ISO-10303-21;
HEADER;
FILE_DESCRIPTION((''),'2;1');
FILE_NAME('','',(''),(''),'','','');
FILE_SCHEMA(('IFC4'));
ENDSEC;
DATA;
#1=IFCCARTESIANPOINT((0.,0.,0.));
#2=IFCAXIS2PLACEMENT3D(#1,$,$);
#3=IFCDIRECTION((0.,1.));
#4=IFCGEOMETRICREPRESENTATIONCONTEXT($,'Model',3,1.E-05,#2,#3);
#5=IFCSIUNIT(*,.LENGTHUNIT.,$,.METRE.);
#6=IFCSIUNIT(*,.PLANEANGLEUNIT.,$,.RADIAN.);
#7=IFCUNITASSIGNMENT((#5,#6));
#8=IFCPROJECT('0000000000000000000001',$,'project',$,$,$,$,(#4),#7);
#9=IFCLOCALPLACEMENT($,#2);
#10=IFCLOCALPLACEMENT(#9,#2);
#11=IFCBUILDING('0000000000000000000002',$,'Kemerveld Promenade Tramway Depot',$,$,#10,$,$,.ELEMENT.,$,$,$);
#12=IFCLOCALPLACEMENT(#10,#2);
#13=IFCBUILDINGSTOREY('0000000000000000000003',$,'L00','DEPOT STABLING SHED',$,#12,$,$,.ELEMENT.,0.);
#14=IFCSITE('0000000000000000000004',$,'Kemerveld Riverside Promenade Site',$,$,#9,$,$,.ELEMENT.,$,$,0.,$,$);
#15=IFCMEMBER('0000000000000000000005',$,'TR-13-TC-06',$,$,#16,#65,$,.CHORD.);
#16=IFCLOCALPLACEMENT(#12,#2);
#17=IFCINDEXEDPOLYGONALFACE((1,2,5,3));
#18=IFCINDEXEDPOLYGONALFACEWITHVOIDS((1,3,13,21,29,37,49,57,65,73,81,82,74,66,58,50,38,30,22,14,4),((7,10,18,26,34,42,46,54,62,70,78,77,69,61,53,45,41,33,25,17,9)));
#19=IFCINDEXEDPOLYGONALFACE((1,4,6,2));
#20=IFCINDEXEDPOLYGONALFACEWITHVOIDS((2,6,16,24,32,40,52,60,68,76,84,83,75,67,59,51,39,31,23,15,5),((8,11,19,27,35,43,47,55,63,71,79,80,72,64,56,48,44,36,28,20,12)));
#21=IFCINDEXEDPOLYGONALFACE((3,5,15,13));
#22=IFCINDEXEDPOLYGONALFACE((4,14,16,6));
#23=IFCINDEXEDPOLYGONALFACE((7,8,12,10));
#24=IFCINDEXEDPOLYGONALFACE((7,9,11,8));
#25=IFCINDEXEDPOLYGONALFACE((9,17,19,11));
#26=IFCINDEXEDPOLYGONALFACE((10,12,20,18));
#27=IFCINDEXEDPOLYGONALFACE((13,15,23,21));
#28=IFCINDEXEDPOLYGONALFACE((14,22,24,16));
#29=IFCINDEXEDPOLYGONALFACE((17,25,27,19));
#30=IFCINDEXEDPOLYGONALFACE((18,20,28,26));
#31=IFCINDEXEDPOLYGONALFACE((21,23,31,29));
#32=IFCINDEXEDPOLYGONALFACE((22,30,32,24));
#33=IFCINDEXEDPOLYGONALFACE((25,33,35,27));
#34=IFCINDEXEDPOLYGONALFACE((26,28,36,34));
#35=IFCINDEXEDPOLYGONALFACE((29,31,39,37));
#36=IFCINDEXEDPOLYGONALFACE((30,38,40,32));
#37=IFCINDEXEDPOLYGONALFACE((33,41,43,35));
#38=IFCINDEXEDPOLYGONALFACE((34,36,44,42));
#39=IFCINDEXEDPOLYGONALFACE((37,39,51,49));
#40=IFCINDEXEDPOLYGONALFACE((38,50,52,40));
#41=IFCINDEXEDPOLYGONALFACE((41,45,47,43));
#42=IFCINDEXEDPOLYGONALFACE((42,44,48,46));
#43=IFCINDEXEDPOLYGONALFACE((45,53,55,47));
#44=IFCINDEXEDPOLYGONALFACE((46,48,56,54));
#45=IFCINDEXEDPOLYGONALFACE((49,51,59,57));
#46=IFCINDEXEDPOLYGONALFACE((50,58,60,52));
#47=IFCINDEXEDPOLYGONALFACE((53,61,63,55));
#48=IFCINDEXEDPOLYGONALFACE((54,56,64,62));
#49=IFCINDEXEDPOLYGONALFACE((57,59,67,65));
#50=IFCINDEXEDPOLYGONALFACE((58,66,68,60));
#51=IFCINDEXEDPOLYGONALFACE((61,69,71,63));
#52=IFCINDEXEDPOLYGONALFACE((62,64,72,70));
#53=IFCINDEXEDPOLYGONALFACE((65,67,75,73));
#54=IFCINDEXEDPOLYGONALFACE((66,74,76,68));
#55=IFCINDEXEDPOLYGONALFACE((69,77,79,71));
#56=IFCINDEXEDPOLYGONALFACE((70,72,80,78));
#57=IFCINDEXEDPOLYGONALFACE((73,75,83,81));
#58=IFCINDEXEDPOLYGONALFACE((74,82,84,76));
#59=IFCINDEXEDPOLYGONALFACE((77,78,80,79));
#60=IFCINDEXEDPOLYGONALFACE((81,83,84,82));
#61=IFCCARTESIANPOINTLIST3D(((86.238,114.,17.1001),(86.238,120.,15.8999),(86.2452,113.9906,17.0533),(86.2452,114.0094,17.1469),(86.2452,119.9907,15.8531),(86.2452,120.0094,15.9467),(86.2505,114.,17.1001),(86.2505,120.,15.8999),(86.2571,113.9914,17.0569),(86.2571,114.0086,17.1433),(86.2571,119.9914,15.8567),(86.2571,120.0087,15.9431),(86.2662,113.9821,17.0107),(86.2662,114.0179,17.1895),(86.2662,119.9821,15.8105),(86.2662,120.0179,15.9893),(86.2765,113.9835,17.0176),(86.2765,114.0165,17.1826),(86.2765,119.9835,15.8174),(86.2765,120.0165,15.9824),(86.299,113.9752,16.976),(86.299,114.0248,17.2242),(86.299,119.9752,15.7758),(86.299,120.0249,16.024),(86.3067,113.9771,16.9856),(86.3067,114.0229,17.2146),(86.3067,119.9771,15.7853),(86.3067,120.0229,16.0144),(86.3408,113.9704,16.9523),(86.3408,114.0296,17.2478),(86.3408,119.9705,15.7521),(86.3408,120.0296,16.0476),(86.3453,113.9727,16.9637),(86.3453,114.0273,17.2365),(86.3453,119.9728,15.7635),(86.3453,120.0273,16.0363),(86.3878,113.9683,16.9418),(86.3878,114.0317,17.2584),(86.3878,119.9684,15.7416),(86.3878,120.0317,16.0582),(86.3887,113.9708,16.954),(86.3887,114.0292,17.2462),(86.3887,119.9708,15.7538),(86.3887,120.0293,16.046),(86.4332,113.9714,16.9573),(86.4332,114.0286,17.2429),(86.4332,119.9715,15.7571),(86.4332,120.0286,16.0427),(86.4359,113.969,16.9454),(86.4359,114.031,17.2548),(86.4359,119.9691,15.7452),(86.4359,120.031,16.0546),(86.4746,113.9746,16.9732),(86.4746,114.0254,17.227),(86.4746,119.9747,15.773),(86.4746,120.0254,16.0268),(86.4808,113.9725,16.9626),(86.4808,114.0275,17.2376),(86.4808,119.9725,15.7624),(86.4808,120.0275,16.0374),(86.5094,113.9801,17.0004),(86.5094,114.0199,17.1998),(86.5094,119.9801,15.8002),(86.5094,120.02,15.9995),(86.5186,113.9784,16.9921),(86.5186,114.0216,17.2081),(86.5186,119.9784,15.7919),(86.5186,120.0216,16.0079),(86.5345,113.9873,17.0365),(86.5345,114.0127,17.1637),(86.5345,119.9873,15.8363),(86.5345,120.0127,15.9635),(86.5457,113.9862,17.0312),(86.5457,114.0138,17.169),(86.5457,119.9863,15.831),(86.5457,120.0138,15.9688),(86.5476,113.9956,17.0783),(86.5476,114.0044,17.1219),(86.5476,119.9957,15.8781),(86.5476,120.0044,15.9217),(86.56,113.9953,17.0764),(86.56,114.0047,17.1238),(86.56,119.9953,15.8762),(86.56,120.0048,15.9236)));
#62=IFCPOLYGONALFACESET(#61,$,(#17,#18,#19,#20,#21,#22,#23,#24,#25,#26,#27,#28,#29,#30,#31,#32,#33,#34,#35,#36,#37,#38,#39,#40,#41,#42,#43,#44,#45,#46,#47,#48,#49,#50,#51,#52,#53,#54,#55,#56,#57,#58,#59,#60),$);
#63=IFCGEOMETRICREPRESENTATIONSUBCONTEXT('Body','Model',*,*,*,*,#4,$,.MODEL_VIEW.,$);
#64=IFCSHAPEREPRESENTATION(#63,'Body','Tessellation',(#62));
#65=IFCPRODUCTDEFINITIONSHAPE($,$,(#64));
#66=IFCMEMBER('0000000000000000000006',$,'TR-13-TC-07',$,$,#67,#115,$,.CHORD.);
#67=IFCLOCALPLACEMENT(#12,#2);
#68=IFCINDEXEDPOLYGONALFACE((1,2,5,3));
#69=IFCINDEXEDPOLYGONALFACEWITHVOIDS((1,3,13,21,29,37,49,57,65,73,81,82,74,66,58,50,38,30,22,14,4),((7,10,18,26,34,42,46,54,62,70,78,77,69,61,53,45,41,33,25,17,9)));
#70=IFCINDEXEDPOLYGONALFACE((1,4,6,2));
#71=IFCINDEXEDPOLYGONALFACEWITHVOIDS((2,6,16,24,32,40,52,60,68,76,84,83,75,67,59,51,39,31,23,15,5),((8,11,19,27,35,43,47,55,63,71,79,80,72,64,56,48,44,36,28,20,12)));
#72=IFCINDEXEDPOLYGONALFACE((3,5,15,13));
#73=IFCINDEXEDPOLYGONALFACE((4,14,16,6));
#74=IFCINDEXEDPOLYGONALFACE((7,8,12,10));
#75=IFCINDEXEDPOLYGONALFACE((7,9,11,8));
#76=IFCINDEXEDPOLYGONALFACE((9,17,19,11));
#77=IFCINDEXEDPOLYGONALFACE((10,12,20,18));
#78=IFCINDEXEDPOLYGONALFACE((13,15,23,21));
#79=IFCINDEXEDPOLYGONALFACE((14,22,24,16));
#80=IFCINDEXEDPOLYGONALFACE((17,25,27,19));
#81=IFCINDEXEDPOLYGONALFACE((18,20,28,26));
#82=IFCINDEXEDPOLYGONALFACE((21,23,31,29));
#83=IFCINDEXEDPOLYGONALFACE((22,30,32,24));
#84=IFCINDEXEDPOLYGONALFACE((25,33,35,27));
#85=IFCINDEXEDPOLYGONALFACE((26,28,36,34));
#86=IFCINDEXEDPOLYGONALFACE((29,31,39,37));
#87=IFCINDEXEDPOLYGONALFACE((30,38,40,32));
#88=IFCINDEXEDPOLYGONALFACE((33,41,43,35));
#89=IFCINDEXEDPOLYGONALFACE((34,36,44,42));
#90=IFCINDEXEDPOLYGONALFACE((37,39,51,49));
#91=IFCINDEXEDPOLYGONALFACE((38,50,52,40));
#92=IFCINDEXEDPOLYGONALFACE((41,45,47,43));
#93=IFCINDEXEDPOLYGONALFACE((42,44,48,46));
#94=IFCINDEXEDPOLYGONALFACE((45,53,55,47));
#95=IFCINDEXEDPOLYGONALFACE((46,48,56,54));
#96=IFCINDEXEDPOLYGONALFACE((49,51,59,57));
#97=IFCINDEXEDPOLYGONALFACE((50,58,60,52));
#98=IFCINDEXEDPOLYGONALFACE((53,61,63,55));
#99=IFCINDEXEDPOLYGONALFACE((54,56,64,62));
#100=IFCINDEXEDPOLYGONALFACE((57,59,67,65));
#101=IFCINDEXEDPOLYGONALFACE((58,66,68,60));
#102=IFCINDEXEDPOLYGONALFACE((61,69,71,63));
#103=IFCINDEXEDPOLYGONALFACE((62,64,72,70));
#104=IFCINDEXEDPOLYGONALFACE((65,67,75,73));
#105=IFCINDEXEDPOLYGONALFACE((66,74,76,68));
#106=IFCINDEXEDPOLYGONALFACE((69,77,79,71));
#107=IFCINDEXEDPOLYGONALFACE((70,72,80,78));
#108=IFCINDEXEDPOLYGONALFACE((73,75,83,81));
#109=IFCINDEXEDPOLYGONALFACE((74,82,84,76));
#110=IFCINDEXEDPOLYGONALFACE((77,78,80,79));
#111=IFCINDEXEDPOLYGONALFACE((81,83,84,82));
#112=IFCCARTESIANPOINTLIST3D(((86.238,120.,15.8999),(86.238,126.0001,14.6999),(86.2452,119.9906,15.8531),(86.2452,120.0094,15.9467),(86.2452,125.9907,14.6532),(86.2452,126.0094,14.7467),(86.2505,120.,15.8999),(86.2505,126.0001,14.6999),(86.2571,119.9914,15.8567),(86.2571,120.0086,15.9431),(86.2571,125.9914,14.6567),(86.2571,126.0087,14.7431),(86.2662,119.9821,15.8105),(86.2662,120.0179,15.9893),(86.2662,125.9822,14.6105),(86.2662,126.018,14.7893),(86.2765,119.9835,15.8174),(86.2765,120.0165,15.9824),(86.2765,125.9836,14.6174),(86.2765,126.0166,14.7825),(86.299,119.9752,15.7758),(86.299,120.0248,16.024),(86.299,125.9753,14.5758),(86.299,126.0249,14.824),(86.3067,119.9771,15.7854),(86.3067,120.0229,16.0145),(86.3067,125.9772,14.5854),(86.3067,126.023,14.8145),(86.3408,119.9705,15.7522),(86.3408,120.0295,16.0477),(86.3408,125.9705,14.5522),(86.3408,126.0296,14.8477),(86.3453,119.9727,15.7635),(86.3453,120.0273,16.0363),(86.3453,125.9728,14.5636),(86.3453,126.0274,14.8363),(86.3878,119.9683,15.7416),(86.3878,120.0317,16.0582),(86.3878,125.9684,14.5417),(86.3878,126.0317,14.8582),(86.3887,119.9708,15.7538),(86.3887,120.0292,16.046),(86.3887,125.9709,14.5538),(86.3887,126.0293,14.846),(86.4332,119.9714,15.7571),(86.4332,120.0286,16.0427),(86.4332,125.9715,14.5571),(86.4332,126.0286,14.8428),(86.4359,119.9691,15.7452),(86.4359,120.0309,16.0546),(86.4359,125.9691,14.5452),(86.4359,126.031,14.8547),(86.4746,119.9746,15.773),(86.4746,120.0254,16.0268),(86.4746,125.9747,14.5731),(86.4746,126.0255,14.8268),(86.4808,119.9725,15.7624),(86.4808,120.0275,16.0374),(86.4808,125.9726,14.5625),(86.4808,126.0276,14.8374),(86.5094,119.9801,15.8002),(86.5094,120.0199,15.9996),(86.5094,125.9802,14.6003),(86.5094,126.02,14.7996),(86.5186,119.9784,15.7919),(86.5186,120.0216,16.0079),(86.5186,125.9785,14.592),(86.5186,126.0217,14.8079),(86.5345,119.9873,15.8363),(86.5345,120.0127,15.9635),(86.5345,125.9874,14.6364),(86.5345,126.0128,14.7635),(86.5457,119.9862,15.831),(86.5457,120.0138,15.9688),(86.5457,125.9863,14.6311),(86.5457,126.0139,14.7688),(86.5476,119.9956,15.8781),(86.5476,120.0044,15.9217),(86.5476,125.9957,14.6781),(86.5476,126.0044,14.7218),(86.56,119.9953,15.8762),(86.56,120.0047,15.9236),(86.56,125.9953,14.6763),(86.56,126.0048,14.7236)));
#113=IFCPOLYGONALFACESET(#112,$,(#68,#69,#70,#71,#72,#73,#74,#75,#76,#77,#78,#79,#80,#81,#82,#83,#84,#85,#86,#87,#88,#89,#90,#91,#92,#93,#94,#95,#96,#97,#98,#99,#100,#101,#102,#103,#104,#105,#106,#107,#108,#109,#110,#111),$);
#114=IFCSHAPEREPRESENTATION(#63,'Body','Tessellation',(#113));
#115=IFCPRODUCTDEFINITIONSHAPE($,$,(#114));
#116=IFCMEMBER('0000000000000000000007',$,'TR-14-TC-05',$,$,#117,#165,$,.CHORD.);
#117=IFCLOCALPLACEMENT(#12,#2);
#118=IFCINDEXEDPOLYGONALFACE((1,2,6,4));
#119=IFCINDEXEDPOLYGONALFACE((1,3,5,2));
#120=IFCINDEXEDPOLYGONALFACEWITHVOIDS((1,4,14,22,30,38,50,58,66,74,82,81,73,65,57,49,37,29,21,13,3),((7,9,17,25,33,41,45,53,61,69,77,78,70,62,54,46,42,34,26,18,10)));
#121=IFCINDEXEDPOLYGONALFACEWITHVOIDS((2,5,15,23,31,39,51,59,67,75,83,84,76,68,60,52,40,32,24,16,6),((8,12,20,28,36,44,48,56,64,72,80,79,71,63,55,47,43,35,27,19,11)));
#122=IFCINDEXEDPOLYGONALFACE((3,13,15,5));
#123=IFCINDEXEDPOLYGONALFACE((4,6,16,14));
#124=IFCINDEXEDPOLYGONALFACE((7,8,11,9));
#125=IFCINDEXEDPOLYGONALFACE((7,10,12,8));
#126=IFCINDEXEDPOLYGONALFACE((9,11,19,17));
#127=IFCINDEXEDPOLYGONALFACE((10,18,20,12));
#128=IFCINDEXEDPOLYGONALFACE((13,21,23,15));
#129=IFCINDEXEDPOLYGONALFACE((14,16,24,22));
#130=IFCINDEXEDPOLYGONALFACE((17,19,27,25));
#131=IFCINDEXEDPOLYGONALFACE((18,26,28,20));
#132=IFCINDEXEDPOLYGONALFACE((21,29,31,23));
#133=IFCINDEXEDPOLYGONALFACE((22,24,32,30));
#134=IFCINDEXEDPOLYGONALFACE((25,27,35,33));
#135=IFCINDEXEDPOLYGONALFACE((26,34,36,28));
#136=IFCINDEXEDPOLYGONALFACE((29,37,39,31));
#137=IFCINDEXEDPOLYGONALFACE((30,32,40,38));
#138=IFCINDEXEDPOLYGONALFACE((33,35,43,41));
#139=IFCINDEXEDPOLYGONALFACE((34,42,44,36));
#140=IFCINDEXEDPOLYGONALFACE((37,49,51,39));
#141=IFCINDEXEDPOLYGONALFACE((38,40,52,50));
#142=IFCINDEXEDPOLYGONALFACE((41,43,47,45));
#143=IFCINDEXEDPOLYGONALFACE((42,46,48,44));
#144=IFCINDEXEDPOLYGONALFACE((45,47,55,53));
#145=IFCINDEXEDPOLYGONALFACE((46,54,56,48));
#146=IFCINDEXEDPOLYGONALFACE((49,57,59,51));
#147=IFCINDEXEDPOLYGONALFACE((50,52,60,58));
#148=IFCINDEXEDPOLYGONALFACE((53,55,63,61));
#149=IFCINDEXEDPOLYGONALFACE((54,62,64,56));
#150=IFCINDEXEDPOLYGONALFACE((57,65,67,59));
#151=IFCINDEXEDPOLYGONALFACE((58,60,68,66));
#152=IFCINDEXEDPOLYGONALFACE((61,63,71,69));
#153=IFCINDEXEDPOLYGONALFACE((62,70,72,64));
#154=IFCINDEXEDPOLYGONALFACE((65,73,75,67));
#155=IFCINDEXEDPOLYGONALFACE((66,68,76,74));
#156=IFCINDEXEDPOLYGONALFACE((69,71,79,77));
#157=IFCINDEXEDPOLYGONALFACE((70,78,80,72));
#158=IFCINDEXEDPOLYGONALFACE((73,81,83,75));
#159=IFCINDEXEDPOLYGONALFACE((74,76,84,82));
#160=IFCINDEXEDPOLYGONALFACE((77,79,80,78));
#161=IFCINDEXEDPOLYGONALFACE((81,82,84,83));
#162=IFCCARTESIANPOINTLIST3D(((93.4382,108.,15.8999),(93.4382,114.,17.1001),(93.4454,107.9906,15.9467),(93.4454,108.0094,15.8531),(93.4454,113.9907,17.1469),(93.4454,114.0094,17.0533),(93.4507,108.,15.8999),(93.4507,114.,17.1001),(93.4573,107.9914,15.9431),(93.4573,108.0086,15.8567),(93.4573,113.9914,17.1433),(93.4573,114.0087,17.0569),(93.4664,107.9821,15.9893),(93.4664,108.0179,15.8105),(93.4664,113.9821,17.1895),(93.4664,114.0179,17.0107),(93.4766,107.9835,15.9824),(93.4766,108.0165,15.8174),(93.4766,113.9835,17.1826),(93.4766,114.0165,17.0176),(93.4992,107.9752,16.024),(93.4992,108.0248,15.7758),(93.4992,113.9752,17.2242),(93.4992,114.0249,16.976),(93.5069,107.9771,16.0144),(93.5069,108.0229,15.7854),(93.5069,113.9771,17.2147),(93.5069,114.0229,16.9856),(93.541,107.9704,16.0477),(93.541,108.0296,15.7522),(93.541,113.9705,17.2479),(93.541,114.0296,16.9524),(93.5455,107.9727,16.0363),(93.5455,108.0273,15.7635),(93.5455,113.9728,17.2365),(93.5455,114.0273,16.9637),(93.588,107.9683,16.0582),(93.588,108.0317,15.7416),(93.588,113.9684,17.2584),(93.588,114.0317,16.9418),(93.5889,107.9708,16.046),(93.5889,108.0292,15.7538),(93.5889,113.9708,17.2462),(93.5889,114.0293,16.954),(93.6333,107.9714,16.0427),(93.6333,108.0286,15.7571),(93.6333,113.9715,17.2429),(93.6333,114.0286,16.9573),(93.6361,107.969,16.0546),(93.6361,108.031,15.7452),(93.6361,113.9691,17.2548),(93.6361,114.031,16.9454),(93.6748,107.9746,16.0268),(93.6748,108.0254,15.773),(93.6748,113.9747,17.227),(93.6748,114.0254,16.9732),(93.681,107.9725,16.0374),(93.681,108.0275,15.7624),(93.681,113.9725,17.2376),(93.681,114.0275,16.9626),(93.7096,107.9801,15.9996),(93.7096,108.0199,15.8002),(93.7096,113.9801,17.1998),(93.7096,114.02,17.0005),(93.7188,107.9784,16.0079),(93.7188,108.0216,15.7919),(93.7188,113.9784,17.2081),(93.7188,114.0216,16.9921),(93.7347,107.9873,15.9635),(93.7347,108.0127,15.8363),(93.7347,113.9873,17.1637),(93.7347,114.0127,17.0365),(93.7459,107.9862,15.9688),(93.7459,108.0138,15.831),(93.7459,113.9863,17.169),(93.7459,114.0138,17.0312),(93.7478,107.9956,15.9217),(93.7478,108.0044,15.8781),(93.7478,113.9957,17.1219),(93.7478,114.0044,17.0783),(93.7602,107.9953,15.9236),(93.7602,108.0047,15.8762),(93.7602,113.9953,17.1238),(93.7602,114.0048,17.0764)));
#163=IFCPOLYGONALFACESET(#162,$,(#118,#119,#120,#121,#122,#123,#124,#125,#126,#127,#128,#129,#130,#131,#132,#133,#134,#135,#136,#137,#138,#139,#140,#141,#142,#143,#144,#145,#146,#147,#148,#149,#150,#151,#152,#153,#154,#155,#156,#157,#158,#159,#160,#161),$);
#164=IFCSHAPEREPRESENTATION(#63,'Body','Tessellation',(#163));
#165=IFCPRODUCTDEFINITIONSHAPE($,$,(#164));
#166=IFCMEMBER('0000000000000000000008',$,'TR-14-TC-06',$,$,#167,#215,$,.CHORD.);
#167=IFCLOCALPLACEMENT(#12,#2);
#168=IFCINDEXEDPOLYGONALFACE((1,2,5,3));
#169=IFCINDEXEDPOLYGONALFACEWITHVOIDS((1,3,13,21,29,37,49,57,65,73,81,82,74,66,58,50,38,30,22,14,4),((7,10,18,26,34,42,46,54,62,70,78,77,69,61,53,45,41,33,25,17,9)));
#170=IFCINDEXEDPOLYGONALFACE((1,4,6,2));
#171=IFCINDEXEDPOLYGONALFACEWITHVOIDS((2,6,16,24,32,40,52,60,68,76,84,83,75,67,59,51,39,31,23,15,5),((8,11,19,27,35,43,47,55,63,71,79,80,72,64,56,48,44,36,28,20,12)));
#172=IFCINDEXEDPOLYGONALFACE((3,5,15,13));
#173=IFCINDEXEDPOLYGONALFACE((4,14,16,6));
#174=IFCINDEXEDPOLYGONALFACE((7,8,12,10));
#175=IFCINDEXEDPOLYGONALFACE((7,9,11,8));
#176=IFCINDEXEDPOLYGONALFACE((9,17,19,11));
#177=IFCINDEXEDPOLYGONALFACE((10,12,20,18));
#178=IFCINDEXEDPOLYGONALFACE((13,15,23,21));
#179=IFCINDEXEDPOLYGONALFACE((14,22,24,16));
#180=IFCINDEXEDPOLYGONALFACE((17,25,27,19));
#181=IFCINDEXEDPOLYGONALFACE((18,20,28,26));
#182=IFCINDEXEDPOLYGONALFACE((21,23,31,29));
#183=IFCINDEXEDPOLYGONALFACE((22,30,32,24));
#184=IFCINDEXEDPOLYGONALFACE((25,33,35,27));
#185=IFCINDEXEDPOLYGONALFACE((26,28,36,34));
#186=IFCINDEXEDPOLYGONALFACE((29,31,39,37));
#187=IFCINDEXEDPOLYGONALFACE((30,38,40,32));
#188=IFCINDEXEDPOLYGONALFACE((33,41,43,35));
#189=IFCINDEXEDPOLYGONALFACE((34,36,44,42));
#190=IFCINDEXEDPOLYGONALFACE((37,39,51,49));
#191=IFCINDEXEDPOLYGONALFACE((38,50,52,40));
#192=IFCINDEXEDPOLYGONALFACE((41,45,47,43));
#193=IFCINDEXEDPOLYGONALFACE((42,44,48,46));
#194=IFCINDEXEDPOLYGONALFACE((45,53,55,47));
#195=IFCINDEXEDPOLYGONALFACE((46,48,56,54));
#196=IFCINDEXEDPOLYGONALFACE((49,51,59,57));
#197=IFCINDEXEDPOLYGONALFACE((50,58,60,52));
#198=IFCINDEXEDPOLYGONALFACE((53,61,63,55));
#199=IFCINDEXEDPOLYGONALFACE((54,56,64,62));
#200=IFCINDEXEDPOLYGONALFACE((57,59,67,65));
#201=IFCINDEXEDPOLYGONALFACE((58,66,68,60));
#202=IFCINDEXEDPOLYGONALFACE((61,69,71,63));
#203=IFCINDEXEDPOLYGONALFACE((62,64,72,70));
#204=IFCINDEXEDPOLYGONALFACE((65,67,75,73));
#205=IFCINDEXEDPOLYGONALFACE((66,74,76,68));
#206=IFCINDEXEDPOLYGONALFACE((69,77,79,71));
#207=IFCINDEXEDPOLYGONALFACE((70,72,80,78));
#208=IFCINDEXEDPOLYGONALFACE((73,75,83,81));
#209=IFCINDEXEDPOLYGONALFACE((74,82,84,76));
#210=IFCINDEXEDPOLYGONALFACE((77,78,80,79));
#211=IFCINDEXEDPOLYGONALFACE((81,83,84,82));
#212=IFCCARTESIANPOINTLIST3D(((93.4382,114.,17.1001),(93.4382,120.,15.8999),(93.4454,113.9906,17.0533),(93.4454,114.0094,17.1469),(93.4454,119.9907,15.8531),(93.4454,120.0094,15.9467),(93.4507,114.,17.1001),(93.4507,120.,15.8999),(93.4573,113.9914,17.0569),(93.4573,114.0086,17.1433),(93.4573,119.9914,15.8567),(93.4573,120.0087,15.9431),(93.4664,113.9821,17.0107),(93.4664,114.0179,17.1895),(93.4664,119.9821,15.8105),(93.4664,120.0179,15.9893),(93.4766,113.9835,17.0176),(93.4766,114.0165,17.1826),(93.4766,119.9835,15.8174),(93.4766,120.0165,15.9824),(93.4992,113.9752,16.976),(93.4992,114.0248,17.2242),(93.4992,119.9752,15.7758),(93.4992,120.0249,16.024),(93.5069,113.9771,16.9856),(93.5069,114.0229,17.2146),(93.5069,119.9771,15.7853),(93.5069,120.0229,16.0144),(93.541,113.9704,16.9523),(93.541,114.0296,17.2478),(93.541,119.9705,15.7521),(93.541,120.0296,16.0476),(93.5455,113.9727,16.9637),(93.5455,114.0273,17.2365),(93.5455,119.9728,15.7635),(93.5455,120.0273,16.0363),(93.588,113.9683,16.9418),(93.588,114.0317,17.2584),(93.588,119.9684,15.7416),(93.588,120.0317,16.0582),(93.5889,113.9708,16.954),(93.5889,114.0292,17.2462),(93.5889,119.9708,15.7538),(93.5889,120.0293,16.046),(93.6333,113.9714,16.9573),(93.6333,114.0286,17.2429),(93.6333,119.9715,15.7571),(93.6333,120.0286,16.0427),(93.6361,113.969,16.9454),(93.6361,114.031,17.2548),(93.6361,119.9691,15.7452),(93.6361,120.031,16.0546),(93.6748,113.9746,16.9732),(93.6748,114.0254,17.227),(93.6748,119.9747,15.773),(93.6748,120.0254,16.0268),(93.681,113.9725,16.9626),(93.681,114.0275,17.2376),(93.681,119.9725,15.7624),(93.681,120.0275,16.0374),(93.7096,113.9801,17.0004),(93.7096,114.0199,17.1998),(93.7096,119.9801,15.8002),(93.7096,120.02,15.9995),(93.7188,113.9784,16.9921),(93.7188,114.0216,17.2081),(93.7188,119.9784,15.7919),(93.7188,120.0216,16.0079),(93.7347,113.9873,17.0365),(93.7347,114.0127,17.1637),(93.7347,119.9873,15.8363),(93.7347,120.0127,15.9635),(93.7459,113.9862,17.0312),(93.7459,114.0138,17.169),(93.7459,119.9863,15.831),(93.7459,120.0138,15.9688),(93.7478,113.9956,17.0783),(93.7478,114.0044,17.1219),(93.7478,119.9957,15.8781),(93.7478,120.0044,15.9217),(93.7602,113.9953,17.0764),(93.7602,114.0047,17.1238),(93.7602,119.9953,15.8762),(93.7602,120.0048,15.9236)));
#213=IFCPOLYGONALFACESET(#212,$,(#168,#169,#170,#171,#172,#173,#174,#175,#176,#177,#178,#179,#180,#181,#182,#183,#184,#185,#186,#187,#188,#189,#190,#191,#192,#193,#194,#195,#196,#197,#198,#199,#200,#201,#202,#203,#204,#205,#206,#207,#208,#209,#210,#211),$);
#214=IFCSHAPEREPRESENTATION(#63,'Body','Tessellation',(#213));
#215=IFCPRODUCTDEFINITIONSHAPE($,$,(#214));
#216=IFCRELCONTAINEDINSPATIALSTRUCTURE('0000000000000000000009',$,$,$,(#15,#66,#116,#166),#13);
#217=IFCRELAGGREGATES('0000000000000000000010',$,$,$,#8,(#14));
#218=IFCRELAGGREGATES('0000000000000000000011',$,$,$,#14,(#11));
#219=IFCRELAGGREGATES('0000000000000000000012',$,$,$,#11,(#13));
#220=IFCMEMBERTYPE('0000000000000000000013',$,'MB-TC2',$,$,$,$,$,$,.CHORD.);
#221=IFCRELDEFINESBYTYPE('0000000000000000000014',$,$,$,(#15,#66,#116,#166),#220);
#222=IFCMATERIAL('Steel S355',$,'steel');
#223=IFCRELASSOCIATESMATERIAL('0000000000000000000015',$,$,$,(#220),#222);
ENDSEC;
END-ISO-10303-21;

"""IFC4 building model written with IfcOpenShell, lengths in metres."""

from ifc_helpers import new_model, si_unit, direction, frame, origin, origin_2d, place, context, subcontext, project, spatial, hollow_circle, extrude, material, material_profile, profile_set, type_object, element, save


model = new_model("IFC4")

# Units and contexts
model_context = context("Model", 3, precision=1e-05, world=origin(), true_north=direction((0.0, 1.0)))
body_context = subcontext(model_context, "Body", "Model", "MODEL_VIEW")
ifc_project = project(units=[si_unit("LENGTHUNIT", "METRE"), si_unit("PLANEANGLEUNIT", "RADIAN")], contexts=[model_context])

# Site, building, storey
site_placement = place(None, origin())
site = spatial("IfcSite", under=ifc_project, at=site_placement, Name="Kemerveld Riverside Promenade Site", CompositionType="ELEMENT", RefElevation=0.0)
building_placement = place(site_placement, origin())
building = spatial("IfcBuilding", under=site, at=building_placement, Name="Kemerveld Promenade Tramway Depot", CompositionType="ELEMENT")
storey_placement = place(building_placement, origin())
storey = spatial("IfcBuildingStorey", under=building, at=storey_placement, Name="L00", Description="DEPOT STABLING SHED", CompositionType="ELEMENT", Elevation=0.0)

# Members
ifc_material_1 = material(Name="Steel S355", Category="steel")
ifc_material_profile_1 = material_profile(ifc_material_1, hollow_circle(Radius=0.1619, WallThickness=0.0125, at=origin_2d()), Name="323.9x12.5 CHS")
ifc_profile_set_1 = profile_set([ifc_material_profile_1], Name="Steel S355")
member_type_1 = type_object("IfcMemberType", Name="MB-TC2", PredefinedType="CHORD", material=ifc_profile_set_1)
for number, where, z_axis, x_axis, name in (
    (1, (86.3999, 114.0, 17.1001), (0.0, 0.980575, -0.196147), (-1.0, 0.0, 0.0), "TR-13-TC-06"),
    (2, (86.3999, 120.0, 15.8999), (0.0, 0.980582, -0.196108), (-1.0, 0.0, 0.0), "TR-13-TC-07"),
    (3, (93.6001, 108.0, 15.8999), (0.0, 0.980575, 0.196147), (-1.0, 0.0, 0.0), "TR-14-TC-05"),
    (4, (93.6001, 114.0, 17.1001), (0.0, 0.980575, -0.196147), (-1.0, 0.0, 0.0), "TR-14-TC-06"),
):
    element("IfcMember", number, at=place(storey_placement, frame(where, z_axis=z_axis, x_axis=x_axis)), inside=storey, type_object=member_type_1, Name=name, PredefinedType="CHORD", context=body_context, shape_type="SweptSolid", body=[
        extrude(hollow_circle(Radius=0.1619, WallThickness=0.0125, at=origin_2d()), origin(), (0.0, 0.0, 1.0), 6.1189),
    ])

save(model, "model.ifc")
